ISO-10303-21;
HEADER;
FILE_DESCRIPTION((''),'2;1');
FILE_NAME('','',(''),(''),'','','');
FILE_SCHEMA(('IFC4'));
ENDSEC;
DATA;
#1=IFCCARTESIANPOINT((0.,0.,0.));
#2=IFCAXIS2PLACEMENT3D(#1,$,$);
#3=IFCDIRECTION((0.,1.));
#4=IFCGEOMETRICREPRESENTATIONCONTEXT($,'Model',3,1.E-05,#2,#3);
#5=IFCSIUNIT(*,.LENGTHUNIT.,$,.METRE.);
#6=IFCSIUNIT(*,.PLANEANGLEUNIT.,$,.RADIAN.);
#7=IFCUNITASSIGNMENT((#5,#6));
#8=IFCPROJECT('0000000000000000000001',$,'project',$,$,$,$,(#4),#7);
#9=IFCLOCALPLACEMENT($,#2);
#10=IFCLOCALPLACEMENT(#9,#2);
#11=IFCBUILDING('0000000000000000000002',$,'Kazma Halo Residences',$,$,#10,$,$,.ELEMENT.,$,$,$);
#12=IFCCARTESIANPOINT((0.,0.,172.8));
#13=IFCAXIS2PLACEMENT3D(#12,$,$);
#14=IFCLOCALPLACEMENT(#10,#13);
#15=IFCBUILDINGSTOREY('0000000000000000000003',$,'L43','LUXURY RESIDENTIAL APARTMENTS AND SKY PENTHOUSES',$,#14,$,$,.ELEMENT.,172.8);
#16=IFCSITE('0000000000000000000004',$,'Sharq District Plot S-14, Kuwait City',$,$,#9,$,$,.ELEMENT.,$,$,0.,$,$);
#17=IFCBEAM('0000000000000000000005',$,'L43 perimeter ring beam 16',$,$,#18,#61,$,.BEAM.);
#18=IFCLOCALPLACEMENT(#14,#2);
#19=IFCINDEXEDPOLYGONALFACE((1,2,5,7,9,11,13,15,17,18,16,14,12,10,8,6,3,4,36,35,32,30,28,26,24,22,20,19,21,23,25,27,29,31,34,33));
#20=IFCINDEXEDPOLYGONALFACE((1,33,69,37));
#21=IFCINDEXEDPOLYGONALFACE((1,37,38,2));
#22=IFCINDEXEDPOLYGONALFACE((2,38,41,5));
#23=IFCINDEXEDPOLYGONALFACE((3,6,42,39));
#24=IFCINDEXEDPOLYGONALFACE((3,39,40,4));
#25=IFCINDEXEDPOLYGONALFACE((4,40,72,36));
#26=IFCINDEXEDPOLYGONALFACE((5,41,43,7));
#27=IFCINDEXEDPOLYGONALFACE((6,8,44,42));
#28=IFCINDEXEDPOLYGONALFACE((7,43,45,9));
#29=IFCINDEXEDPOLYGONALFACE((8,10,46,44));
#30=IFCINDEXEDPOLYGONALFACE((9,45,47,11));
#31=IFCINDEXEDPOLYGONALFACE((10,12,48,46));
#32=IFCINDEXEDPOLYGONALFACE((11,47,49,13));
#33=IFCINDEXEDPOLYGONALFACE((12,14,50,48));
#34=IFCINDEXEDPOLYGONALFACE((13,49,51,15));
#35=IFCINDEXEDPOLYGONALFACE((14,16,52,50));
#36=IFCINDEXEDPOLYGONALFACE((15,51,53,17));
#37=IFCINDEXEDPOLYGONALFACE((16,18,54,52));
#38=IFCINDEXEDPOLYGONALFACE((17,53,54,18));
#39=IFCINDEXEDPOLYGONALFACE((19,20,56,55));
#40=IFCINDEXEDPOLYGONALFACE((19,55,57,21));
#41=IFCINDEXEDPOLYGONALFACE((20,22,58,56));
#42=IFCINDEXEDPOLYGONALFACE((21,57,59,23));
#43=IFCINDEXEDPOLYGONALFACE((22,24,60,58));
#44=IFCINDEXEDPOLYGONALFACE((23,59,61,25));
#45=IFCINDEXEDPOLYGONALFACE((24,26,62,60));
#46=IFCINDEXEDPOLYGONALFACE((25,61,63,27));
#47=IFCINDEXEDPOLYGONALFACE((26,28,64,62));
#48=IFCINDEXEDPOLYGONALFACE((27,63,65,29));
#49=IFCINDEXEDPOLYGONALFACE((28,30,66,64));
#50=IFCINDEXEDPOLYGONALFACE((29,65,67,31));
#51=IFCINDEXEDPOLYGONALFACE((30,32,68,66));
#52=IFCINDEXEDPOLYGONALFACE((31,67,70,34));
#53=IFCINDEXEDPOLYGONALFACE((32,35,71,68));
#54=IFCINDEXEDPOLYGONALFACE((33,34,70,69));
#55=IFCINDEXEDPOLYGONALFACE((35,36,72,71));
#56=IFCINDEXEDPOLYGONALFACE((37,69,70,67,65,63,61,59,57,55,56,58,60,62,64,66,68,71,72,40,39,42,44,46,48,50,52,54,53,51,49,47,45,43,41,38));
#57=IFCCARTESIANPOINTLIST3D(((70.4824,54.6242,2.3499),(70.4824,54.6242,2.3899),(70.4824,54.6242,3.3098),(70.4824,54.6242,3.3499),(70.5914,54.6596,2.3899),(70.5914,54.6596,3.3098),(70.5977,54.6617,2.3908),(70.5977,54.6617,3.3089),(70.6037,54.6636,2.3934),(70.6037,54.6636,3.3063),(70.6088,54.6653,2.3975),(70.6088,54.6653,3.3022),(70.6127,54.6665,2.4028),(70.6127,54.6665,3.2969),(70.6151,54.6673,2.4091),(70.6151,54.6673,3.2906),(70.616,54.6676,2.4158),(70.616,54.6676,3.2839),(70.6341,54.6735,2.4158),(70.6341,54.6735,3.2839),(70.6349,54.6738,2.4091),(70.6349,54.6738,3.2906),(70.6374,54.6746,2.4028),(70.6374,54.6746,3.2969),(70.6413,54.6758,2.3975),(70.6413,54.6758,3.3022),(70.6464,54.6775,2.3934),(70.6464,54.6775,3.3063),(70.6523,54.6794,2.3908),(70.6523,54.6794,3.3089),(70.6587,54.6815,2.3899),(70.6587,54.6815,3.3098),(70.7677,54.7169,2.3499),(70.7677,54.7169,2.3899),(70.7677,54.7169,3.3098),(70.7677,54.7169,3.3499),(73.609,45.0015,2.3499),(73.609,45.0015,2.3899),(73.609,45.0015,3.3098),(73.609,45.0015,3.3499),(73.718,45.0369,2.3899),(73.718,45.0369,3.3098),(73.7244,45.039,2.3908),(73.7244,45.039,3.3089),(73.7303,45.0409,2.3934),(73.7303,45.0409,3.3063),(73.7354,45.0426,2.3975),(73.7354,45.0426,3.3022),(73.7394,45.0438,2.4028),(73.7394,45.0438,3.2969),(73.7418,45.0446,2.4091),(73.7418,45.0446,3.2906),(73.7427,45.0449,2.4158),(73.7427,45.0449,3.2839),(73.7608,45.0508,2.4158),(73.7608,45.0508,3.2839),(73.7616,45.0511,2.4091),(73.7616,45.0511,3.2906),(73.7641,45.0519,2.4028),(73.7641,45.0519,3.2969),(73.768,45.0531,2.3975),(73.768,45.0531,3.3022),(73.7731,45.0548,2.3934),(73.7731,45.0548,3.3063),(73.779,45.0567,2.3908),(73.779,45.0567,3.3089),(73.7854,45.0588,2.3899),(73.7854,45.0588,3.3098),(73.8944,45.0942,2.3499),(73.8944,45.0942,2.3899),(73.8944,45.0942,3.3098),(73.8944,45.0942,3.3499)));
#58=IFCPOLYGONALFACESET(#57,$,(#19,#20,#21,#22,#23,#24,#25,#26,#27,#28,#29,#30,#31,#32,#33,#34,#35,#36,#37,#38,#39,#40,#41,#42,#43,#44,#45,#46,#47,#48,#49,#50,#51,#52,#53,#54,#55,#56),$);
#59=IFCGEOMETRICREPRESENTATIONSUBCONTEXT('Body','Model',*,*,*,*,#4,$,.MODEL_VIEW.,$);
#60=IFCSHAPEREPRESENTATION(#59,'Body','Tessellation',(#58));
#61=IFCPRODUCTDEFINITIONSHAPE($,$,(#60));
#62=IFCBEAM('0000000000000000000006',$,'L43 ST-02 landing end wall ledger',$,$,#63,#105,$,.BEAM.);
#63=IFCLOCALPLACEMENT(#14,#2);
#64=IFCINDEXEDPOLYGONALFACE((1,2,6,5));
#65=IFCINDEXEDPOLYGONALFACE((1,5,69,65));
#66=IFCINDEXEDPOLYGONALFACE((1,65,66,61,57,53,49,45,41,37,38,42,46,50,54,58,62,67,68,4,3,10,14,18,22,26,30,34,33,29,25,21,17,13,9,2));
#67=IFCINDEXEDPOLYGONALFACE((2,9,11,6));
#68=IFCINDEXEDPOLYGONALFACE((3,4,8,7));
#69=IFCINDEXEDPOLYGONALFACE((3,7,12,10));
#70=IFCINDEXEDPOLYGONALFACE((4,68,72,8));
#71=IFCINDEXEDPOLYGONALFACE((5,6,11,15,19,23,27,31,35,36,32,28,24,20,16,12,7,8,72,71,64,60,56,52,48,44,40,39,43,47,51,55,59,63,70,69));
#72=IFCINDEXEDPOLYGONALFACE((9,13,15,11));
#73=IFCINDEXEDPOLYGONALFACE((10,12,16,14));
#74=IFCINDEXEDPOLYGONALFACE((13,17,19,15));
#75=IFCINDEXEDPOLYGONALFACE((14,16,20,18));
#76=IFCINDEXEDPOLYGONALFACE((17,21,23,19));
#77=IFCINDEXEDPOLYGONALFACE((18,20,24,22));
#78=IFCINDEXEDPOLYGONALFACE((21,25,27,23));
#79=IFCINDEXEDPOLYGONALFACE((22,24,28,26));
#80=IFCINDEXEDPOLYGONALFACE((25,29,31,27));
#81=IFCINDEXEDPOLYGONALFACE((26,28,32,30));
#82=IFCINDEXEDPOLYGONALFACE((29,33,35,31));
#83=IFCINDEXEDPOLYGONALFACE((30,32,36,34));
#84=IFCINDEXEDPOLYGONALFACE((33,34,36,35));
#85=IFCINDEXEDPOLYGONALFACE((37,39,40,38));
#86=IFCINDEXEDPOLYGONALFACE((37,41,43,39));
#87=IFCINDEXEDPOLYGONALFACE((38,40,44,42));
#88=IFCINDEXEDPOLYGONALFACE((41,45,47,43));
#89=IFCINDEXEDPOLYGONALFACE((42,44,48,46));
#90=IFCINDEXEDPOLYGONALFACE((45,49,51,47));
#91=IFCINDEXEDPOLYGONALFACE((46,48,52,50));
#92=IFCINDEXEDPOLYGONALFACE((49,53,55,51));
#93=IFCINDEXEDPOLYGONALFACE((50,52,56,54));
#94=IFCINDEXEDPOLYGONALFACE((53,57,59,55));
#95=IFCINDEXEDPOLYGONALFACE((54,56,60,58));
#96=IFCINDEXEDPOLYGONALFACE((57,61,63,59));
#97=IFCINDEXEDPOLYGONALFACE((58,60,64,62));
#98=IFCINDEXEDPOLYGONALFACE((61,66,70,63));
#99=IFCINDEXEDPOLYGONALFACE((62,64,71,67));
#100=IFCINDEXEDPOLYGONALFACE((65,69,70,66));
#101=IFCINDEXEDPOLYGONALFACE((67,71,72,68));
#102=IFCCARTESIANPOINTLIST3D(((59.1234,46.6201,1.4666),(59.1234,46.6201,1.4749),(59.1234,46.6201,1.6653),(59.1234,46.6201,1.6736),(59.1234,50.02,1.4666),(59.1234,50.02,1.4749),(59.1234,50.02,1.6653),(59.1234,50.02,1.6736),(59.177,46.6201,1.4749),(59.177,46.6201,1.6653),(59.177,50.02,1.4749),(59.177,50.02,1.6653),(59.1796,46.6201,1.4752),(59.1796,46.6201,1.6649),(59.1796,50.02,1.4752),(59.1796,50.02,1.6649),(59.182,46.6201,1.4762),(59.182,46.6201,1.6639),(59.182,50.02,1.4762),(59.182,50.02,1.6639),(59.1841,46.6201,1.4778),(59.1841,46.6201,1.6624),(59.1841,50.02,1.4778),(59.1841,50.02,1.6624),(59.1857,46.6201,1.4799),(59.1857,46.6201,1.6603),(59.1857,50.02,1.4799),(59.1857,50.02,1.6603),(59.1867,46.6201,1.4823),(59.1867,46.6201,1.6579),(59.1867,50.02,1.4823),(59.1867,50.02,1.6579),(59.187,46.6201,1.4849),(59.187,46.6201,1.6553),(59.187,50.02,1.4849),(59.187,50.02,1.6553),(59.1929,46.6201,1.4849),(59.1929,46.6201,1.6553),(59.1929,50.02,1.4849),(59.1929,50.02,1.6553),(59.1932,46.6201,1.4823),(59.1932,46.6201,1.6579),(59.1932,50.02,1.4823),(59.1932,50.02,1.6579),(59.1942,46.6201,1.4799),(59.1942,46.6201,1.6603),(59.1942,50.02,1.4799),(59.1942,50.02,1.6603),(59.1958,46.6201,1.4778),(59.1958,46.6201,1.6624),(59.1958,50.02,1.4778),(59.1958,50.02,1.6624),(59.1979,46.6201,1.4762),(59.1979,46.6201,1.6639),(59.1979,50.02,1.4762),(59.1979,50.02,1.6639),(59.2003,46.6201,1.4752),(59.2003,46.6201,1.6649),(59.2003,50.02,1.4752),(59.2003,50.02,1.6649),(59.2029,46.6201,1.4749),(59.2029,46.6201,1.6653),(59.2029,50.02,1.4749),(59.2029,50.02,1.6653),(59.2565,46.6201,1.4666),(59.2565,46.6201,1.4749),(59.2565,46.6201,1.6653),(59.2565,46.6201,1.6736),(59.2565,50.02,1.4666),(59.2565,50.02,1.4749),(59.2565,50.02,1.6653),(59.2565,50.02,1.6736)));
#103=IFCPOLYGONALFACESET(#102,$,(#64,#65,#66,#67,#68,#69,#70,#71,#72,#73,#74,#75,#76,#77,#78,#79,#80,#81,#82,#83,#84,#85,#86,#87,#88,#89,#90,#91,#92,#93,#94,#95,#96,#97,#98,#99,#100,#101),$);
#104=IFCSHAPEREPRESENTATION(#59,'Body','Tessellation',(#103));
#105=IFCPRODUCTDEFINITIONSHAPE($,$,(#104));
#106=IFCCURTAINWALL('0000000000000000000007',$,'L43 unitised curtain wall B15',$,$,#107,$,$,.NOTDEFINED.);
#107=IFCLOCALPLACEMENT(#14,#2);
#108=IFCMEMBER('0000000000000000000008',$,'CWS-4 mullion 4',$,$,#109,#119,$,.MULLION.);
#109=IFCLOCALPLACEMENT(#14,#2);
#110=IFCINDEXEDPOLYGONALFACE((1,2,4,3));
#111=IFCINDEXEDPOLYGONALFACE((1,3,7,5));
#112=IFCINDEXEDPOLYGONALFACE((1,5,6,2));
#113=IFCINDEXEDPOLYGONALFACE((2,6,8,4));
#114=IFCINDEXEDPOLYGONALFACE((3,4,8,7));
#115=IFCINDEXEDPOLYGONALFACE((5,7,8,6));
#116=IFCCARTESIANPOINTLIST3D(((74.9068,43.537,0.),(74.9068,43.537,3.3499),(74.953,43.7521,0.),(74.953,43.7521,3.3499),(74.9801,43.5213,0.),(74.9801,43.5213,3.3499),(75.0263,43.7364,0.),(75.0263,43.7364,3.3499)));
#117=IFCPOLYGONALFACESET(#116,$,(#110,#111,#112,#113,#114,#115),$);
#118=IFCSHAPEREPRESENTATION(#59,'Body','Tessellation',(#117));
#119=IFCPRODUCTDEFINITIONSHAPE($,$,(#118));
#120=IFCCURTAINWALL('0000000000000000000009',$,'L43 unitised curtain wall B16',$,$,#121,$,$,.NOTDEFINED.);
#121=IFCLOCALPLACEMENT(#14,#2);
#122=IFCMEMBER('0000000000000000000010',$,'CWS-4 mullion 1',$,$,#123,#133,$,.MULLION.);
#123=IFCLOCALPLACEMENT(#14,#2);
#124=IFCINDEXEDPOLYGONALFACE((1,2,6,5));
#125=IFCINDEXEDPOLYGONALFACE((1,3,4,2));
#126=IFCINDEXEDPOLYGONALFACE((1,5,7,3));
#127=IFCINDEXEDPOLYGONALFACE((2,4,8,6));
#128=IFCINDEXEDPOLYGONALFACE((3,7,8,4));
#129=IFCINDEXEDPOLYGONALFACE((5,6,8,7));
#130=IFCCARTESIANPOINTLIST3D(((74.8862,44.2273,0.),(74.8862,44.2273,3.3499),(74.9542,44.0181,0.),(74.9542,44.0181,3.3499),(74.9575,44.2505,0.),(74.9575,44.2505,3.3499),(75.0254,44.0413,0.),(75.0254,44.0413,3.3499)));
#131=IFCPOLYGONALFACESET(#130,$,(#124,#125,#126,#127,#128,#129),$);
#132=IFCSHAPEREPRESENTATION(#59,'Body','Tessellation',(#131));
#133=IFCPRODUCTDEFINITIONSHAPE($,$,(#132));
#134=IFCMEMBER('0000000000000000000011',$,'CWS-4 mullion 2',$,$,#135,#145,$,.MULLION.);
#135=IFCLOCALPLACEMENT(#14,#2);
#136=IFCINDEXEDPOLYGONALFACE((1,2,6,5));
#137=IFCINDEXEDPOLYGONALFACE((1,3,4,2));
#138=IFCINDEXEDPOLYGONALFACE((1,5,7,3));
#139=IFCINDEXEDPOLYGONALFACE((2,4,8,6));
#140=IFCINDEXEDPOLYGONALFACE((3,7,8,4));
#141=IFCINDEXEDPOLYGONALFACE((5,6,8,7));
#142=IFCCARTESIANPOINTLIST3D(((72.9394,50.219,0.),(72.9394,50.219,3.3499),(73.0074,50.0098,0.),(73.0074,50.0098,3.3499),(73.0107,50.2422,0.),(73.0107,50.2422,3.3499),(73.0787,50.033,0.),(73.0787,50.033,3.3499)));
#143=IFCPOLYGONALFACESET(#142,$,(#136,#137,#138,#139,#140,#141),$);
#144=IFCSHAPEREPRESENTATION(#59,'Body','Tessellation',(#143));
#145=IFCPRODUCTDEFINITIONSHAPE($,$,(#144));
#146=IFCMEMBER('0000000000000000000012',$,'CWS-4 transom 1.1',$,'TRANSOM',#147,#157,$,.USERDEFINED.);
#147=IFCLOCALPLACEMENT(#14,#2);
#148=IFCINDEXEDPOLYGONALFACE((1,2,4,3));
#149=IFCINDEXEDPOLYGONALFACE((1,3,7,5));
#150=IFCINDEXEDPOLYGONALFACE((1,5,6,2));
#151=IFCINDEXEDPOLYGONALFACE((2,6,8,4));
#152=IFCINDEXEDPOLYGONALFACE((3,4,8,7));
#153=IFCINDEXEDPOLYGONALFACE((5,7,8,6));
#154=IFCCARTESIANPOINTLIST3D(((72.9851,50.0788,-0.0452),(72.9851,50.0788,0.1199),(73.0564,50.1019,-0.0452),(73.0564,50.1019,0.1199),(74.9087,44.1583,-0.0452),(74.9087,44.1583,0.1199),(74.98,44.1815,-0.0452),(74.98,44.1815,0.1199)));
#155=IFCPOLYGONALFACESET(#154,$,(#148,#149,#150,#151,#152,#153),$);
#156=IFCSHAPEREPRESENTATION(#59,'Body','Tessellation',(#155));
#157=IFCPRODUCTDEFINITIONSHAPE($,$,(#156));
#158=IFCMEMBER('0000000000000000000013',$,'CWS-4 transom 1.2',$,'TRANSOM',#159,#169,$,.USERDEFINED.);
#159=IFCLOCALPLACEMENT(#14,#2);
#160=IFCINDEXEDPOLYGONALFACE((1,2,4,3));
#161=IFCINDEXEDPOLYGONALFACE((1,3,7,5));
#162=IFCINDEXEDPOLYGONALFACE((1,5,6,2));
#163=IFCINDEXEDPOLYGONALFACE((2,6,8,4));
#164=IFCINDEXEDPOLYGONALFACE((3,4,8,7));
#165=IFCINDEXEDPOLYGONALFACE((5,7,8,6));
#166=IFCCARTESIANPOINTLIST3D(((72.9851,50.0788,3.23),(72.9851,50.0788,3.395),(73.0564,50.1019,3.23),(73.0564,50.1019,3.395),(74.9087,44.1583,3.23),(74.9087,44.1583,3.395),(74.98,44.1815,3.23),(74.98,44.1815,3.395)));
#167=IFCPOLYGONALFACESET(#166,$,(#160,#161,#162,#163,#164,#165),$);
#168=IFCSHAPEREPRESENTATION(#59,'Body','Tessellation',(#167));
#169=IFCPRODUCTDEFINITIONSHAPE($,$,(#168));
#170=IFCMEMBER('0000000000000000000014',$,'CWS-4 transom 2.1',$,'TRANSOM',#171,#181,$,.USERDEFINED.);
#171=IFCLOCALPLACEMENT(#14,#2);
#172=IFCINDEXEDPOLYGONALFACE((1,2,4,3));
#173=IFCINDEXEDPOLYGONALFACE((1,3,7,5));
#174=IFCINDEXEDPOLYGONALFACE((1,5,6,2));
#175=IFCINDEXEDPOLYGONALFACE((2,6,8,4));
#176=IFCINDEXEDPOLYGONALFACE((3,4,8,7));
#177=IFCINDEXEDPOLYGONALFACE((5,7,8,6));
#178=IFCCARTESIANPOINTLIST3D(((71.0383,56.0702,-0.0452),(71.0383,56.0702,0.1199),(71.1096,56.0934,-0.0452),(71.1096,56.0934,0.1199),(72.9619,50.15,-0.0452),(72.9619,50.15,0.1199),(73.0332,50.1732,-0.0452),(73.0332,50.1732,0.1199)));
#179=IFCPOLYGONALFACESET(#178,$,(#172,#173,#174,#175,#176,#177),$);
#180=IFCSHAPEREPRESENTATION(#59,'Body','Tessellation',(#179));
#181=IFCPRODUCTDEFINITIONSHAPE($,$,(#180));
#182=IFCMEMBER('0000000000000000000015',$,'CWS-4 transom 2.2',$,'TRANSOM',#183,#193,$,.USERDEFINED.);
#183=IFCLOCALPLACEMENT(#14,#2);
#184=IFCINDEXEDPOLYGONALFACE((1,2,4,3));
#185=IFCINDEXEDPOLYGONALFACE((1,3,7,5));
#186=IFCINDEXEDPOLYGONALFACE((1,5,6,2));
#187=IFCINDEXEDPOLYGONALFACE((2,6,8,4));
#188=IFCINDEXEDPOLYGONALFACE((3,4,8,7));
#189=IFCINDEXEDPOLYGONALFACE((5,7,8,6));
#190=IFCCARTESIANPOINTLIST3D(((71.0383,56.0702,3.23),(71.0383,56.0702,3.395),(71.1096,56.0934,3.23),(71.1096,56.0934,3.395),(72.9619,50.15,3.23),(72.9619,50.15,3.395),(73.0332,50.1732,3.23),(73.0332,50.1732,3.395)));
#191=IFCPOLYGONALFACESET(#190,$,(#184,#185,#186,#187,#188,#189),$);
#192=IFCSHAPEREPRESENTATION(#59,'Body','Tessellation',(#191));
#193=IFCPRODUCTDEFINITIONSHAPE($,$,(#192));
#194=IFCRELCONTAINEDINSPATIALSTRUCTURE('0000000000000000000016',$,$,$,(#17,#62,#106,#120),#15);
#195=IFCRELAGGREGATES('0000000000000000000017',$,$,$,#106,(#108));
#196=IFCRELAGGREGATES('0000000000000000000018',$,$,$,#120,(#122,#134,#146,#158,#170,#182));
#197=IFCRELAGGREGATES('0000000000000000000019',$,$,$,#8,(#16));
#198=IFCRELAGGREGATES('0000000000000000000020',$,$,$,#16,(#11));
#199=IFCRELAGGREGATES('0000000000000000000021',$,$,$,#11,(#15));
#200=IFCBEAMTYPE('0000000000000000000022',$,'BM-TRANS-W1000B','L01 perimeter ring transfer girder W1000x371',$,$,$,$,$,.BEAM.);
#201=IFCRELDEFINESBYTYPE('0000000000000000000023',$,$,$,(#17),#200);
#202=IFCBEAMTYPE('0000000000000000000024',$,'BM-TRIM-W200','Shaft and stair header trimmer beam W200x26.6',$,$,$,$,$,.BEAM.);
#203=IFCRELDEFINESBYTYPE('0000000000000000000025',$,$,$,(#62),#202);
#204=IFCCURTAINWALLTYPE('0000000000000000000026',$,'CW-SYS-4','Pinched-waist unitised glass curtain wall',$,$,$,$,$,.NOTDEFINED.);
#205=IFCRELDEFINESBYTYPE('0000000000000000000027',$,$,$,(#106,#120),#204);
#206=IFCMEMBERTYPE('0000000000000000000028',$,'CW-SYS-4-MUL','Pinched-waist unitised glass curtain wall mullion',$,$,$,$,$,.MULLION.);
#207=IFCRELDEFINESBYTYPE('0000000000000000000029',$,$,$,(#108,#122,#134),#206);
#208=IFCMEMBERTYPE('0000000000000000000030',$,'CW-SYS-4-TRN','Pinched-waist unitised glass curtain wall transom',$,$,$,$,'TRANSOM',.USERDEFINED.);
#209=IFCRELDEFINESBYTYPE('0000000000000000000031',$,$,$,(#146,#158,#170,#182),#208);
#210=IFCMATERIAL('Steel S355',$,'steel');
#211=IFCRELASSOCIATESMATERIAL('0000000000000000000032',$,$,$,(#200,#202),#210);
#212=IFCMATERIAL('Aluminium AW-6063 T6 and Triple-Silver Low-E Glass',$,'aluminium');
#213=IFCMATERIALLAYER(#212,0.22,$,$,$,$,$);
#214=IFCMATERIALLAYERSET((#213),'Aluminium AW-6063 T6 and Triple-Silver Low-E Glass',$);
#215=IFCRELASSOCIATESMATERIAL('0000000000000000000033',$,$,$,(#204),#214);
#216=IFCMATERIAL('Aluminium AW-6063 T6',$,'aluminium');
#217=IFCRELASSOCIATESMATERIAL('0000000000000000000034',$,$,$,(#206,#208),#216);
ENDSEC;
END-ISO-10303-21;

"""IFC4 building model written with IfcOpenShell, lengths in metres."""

from ifc_helpers import new_model, si_unit, direction, frame, origin, origin_2d, place, context, subcontext, project, spatial, rectangle, i_section, extrude, material, layer, layer_set, material_profile, profile_set, type_object, element, aggregate, save


model = new_model("IFC4")

# Units and contexts
model_context = context("Model", 3, precision=1e-05, world=origin(), true_north=direction((0.0, 1.0)))
body_context = subcontext(model_context, "Body", "Model", "MODEL_VIEW")
ifc_project = project(units=[si_unit("LENGTHUNIT", "METRE"), si_unit("PLANEANGLEUNIT", "RADIAN")], contexts=[model_context])

# Site, building, storey
site_placement = place(None, origin())
site = spatial("IfcSite", under=ifc_project, at=site_placement, Name="Sharq District Plot S-14, Kuwait City", CompositionType="ELEMENT", RefElevation=0.0)
building_placement = place(site_placement, origin())
building = spatial("IfcBuilding", under=site, at=building_placement, Name="Kazma Halo Residences", CompositionType="ELEMENT")
storey_placement = place(building_placement, frame((0.0, 0.0, 172.8)))
storey = spatial("IfcBuildingStorey", under=building, at=storey_placement, Name="L43", Description="LUXURY RESIDENTIAL APARTMENTS AND SKY PENTHOUSES", CompositionType="ELEMENT", Elevation=172.8)

# Beams
ifc_material_1 = material(Name="Steel S355", Category="steel")
ifc_material_profile_1 = material_profile(ifc_material_1, i_section(OverallWidth=0.3, OverallDepth=1.0, WebThickness=0.019, FlangeThickness=0.04, FilletRadius=0.0259, at=origin_2d()), Name="W1000x371")
ifc_profile_set_1 = profile_set([ifc_material_profile_1], Name="Steel S355")
beam_type_1 = type_object("IfcBeamType", Name="BM-TRANS-W1000B", Description="L01 perimeter ring transfer girder W1000x371", PredefinedType="BEAM", material=ifc_profile_set_1)
beam_1_placement = place(storey_placement, frame((73.7517, 45.0479, 2.8499), z_axis=(-0.309023, 0.951054, 0.0), x_axis=(-0.951054, -0.309023, 0.0)))
element("IfcBeam", 1, at=beam_1_placement, inside=storey, type_object=beam_type_1, Name="L43 perimeter ring beam 16", PredefinedType="BEAM", context=body_context, shape_type="SweptSolid", body=[
    extrude(i_section(OverallWidth=0.3, OverallDepth=1.0, WebThickness=0.019, FlangeThickness=0.04, FilletRadius=0.0259, at=origin_2d()), origin(), (0.0, 0.0, 1.0), 10.1179),
])
ifc_material_profile_2 = material_profile(ifc_material_1, i_section(OverallWidth=0.1331, OverallDepth=0.207, WebThickness=0.0059, FlangeThickness=0.0083, FilletRadius=0.01, at=origin_2d()), Name="W200x26.6")
ifc_profile_set_2 = profile_set([ifc_material_profile_2], Name="Steel S355")
beam_type_2 = type_object("IfcBeamType", Name="BM-TRIM-W200", Description="Shaft and stair header trimmer beam W200x26.6", PredefinedType="BEAM", material=ifc_profile_set_2)
beam_2_placement = place(storey_placement, frame((59.1899, 46.6201, 1.5701), z_axis=(0.0, 1.0, 0.0), x_axis=(-1.0, 0.0, 0.0)))
element("IfcBeam", 2, at=beam_2_placement, inside=storey, type_object=beam_type_2, Name="L43 ST-02 landing end wall ledger", PredefinedType="BEAM", context=body_context, shape_type="SweptSolid", body=[
    extrude(i_section(OverallWidth=0.1331, OverallDepth=0.207, WebThickness=0.0059, FlangeThickness=0.0083, FilletRadius=0.01, at=origin_2d()), origin(), (0.0, 0.0, 1.0), 3.3999),
])

# Curtain wall, member
ifc_material_2 = material(Name="Aluminium AW-6063 T6 and Triple-Silver Low-E Glass", Category="aluminium")
ifc_layer_1 = layer(ifc_material_2, 0.22)
ifc_layer_set_1 = layer_set([ifc_layer_1], Name="Aluminium AW-6063 T6 and Triple-Silver Low-E Glass")
curtain_wall_type = type_object("IfcCurtainWallType", Name="CW-SYS-4", Description="Pinched-waist unitised glass curtain wall", PredefinedType="NOTDEFINED", material=ifc_layer_set_1)
curtain_wall_1_placement = place(storey_placement, origin())
curtain_wall_1 = element("IfcCurtainWall", 3, at=curtain_wall_1_placement, inside=storey, type_object=curtain_wall_type, Name="L43 unitised curtain wall B15", PredefinedType="NOTDEFINED")
ifc_material_3 = material(Name="Aluminium AW-6063 T6", Category="aluminium")
ifc_material_profile_3 = material_profile(ifc_material_3, rectangle(XDim=0.075, YDim=0.22, at=origin_2d()), Name="CWM-75x220")
ifc_profile_set_3 = profile_set([ifc_material_profile_3], Name="Aluminium AW-6063 T6")
member_type_1 = type_object("IfcMemberType", Name="CW-SYS-4-MUL", Description="Pinched-waist unitised glass curtain wall mullion", PredefinedType="MULLION", material=ifc_profile_set_3)
member_1_placement = place(storey_placement, frame((74.9666, 43.6367, 0.0), z_axis=(0.0, 0.0, 1.0), x_axis=(-0.977765, 0.209704, 0.0)))
member_1 = element("IfcMember", 4, at=member_1_placement, type_object=member_type_1, Name="CWS-4 mullion 4", PredefinedType="MULLION", context=body_context, shape_type="SweptSolid", body=[
    extrude(rectangle(XDim=0.075, YDim=0.22, at=origin_2d()), origin(), (0.0, 0.0, 1.0), 3.3499),
])
aggregate(curtain_wall_1, [member_1])

# Curtain wall, members
curtain_wall_2_placement = place(storey_placement, origin())
curtain_wall_2 = element("IfcCurtainWall", 5, at=curtain_wall_2_placement, inside=storey, type_object=curtain_wall_type, Name="L43 unitised curtain wall B16", PredefinedType="NOTDEFINED")
member_2_placement = place(storey_placement, frame((74.9558, 44.1343, 0.0), z_axis=(0.0, 0.0, 1.0), x_axis=(-0.951058, -0.309014, 0.0)))
member_2 = element("IfcMember", 6, at=member_2_placement, type_object=member_type_1, Name="CWS-4 mullion 1", PredefinedType="MULLION", context=body_context, shape_type="SweptSolid", body=[
    extrude(rectangle(XDim=0.075, YDim=0.22, at=origin_2d()), origin(), (0.0, 0.0, 1.0), 3.3499),
])
member_3_placement = place(storey_placement, frame((73.009, 50.126, 0.0), z_axis=(0.0, 0.0, 1.0), x_axis=(-0.951058, -0.309014, 0.0)))
member_3 = element("IfcMember", 7, at=member_3_placement, type_object=member_type_1, Name="CWS-4 mullion 2", PredefinedType="MULLION", context=body_context, shape_type="SweptSolid", body=[
    extrude(rectangle(XDim=0.075, YDim=0.22, at=origin_2d()), origin(), (0.0, 0.0, 1.0), 3.3499),
])
ifc_material_profile_4 = material_profile(ifc_material_3, rectangle(XDim=0.075, YDim=0.165, at=origin_2d()), Name="CWT-75x165")
ifc_profile_set_4 = profile_set([ifc_material_profile_4], Name="Aluminium AW-6063 T6")
member_type_2 = type_object("IfcMemberType", Name="CW-SYS-4-TRN", Description="Pinched-waist unitised glass curtain wall transom", ElementType="TRANSOM", PredefinedType="USERDEFINED", material=ifc_profile_set_4)
member_4_placement = place(storey_placement, frame((74.9443, 44.1699, 0.0374), z_axis=(-0.309006, 0.95106, 0.0), x_axis=(-0.95106, -0.309006, 0.0)))
member_4 = element("IfcMember", 8, at=member_4_placement, type_object=member_type_2, Name="CWS-4 transom 1.1", ObjectType="TRANSOM", PredefinedType="USERDEFINED", context=body_context, shape_type="SweptSolid", body=[
    extrude(rectangle(XDim=0.075, YDim=0.165, at=origin_2d()), origin(), (0.0, 0.0, 1.0), 6.2251),
])
member_5_placement = place(storey_placement, frame((74.9443, 44.1699, 3.3125), z_axis=(-0.309006, 0.95106, 0.0), x_axis=(-0.95106, -0.309006, 0.0)))
member_5 = element("IfcMember", 9, at=member_5_placement, type_object=member_type_2, Name="CWS-4 transom 1.2", ObjectType="TRANSOM", PredefinedType="USERDEFINED", context=body_context, shape_type="SweptSolid", body=[
    extrude(rectangle(XDim=0.075, YDim=0.165, at=origin_2d()), origin(), (0.0, 0.0, 1.0), 6.2251),
])
member_6_placement = place(storey_placement, frame((72.9976, 50.1616, 0.0374), z_axis=(-0.309018, 0.951056, 0.0), x_axis=(-0.951056, -0.309018, 0.0)))
member_6 = element("IfcMember", 10, at=member_6_placement, type_object=member_type_2, Name="CWS-4 transom 2.1", ObjectType="TRANSOM", PredefinedType="USERDEFINED", context=body_context, shape_type="SweptSolid", body=[
    extrude(rectangle(XDim=0.075, YDim=0.165, at=origin_2d()), origin(), (0.0, 0.0, 1.0), 6.2249),
])
member_7_placement = place(storey_placement, frame((72.9976, 50.1616, 3.3125), z_axis=(-0.309018, 0.951056, 0.0), x_axis=(-0.951056, -0.309018, 0.0)))
member_7 = element("IfcMember", 11, at=member_7_placement, type_object=member_type_2, Name="CWS-4 transom 2.2", ObjectType="TRANSOM", PredefinedType="USERDEFINED", context=body_context, shape_type="SweptSolid", body=[
    extrude(rectangle(XDim=0.075, YDim=0.165, at=origin_2d()), origin(), (0.0, 0.0, 1.0), 6.2249),
])
aggregate(curtain_wall_2, [member_2, member_3, member_4, member_5, member_6, member_7])

save(model, "model.ifc")
